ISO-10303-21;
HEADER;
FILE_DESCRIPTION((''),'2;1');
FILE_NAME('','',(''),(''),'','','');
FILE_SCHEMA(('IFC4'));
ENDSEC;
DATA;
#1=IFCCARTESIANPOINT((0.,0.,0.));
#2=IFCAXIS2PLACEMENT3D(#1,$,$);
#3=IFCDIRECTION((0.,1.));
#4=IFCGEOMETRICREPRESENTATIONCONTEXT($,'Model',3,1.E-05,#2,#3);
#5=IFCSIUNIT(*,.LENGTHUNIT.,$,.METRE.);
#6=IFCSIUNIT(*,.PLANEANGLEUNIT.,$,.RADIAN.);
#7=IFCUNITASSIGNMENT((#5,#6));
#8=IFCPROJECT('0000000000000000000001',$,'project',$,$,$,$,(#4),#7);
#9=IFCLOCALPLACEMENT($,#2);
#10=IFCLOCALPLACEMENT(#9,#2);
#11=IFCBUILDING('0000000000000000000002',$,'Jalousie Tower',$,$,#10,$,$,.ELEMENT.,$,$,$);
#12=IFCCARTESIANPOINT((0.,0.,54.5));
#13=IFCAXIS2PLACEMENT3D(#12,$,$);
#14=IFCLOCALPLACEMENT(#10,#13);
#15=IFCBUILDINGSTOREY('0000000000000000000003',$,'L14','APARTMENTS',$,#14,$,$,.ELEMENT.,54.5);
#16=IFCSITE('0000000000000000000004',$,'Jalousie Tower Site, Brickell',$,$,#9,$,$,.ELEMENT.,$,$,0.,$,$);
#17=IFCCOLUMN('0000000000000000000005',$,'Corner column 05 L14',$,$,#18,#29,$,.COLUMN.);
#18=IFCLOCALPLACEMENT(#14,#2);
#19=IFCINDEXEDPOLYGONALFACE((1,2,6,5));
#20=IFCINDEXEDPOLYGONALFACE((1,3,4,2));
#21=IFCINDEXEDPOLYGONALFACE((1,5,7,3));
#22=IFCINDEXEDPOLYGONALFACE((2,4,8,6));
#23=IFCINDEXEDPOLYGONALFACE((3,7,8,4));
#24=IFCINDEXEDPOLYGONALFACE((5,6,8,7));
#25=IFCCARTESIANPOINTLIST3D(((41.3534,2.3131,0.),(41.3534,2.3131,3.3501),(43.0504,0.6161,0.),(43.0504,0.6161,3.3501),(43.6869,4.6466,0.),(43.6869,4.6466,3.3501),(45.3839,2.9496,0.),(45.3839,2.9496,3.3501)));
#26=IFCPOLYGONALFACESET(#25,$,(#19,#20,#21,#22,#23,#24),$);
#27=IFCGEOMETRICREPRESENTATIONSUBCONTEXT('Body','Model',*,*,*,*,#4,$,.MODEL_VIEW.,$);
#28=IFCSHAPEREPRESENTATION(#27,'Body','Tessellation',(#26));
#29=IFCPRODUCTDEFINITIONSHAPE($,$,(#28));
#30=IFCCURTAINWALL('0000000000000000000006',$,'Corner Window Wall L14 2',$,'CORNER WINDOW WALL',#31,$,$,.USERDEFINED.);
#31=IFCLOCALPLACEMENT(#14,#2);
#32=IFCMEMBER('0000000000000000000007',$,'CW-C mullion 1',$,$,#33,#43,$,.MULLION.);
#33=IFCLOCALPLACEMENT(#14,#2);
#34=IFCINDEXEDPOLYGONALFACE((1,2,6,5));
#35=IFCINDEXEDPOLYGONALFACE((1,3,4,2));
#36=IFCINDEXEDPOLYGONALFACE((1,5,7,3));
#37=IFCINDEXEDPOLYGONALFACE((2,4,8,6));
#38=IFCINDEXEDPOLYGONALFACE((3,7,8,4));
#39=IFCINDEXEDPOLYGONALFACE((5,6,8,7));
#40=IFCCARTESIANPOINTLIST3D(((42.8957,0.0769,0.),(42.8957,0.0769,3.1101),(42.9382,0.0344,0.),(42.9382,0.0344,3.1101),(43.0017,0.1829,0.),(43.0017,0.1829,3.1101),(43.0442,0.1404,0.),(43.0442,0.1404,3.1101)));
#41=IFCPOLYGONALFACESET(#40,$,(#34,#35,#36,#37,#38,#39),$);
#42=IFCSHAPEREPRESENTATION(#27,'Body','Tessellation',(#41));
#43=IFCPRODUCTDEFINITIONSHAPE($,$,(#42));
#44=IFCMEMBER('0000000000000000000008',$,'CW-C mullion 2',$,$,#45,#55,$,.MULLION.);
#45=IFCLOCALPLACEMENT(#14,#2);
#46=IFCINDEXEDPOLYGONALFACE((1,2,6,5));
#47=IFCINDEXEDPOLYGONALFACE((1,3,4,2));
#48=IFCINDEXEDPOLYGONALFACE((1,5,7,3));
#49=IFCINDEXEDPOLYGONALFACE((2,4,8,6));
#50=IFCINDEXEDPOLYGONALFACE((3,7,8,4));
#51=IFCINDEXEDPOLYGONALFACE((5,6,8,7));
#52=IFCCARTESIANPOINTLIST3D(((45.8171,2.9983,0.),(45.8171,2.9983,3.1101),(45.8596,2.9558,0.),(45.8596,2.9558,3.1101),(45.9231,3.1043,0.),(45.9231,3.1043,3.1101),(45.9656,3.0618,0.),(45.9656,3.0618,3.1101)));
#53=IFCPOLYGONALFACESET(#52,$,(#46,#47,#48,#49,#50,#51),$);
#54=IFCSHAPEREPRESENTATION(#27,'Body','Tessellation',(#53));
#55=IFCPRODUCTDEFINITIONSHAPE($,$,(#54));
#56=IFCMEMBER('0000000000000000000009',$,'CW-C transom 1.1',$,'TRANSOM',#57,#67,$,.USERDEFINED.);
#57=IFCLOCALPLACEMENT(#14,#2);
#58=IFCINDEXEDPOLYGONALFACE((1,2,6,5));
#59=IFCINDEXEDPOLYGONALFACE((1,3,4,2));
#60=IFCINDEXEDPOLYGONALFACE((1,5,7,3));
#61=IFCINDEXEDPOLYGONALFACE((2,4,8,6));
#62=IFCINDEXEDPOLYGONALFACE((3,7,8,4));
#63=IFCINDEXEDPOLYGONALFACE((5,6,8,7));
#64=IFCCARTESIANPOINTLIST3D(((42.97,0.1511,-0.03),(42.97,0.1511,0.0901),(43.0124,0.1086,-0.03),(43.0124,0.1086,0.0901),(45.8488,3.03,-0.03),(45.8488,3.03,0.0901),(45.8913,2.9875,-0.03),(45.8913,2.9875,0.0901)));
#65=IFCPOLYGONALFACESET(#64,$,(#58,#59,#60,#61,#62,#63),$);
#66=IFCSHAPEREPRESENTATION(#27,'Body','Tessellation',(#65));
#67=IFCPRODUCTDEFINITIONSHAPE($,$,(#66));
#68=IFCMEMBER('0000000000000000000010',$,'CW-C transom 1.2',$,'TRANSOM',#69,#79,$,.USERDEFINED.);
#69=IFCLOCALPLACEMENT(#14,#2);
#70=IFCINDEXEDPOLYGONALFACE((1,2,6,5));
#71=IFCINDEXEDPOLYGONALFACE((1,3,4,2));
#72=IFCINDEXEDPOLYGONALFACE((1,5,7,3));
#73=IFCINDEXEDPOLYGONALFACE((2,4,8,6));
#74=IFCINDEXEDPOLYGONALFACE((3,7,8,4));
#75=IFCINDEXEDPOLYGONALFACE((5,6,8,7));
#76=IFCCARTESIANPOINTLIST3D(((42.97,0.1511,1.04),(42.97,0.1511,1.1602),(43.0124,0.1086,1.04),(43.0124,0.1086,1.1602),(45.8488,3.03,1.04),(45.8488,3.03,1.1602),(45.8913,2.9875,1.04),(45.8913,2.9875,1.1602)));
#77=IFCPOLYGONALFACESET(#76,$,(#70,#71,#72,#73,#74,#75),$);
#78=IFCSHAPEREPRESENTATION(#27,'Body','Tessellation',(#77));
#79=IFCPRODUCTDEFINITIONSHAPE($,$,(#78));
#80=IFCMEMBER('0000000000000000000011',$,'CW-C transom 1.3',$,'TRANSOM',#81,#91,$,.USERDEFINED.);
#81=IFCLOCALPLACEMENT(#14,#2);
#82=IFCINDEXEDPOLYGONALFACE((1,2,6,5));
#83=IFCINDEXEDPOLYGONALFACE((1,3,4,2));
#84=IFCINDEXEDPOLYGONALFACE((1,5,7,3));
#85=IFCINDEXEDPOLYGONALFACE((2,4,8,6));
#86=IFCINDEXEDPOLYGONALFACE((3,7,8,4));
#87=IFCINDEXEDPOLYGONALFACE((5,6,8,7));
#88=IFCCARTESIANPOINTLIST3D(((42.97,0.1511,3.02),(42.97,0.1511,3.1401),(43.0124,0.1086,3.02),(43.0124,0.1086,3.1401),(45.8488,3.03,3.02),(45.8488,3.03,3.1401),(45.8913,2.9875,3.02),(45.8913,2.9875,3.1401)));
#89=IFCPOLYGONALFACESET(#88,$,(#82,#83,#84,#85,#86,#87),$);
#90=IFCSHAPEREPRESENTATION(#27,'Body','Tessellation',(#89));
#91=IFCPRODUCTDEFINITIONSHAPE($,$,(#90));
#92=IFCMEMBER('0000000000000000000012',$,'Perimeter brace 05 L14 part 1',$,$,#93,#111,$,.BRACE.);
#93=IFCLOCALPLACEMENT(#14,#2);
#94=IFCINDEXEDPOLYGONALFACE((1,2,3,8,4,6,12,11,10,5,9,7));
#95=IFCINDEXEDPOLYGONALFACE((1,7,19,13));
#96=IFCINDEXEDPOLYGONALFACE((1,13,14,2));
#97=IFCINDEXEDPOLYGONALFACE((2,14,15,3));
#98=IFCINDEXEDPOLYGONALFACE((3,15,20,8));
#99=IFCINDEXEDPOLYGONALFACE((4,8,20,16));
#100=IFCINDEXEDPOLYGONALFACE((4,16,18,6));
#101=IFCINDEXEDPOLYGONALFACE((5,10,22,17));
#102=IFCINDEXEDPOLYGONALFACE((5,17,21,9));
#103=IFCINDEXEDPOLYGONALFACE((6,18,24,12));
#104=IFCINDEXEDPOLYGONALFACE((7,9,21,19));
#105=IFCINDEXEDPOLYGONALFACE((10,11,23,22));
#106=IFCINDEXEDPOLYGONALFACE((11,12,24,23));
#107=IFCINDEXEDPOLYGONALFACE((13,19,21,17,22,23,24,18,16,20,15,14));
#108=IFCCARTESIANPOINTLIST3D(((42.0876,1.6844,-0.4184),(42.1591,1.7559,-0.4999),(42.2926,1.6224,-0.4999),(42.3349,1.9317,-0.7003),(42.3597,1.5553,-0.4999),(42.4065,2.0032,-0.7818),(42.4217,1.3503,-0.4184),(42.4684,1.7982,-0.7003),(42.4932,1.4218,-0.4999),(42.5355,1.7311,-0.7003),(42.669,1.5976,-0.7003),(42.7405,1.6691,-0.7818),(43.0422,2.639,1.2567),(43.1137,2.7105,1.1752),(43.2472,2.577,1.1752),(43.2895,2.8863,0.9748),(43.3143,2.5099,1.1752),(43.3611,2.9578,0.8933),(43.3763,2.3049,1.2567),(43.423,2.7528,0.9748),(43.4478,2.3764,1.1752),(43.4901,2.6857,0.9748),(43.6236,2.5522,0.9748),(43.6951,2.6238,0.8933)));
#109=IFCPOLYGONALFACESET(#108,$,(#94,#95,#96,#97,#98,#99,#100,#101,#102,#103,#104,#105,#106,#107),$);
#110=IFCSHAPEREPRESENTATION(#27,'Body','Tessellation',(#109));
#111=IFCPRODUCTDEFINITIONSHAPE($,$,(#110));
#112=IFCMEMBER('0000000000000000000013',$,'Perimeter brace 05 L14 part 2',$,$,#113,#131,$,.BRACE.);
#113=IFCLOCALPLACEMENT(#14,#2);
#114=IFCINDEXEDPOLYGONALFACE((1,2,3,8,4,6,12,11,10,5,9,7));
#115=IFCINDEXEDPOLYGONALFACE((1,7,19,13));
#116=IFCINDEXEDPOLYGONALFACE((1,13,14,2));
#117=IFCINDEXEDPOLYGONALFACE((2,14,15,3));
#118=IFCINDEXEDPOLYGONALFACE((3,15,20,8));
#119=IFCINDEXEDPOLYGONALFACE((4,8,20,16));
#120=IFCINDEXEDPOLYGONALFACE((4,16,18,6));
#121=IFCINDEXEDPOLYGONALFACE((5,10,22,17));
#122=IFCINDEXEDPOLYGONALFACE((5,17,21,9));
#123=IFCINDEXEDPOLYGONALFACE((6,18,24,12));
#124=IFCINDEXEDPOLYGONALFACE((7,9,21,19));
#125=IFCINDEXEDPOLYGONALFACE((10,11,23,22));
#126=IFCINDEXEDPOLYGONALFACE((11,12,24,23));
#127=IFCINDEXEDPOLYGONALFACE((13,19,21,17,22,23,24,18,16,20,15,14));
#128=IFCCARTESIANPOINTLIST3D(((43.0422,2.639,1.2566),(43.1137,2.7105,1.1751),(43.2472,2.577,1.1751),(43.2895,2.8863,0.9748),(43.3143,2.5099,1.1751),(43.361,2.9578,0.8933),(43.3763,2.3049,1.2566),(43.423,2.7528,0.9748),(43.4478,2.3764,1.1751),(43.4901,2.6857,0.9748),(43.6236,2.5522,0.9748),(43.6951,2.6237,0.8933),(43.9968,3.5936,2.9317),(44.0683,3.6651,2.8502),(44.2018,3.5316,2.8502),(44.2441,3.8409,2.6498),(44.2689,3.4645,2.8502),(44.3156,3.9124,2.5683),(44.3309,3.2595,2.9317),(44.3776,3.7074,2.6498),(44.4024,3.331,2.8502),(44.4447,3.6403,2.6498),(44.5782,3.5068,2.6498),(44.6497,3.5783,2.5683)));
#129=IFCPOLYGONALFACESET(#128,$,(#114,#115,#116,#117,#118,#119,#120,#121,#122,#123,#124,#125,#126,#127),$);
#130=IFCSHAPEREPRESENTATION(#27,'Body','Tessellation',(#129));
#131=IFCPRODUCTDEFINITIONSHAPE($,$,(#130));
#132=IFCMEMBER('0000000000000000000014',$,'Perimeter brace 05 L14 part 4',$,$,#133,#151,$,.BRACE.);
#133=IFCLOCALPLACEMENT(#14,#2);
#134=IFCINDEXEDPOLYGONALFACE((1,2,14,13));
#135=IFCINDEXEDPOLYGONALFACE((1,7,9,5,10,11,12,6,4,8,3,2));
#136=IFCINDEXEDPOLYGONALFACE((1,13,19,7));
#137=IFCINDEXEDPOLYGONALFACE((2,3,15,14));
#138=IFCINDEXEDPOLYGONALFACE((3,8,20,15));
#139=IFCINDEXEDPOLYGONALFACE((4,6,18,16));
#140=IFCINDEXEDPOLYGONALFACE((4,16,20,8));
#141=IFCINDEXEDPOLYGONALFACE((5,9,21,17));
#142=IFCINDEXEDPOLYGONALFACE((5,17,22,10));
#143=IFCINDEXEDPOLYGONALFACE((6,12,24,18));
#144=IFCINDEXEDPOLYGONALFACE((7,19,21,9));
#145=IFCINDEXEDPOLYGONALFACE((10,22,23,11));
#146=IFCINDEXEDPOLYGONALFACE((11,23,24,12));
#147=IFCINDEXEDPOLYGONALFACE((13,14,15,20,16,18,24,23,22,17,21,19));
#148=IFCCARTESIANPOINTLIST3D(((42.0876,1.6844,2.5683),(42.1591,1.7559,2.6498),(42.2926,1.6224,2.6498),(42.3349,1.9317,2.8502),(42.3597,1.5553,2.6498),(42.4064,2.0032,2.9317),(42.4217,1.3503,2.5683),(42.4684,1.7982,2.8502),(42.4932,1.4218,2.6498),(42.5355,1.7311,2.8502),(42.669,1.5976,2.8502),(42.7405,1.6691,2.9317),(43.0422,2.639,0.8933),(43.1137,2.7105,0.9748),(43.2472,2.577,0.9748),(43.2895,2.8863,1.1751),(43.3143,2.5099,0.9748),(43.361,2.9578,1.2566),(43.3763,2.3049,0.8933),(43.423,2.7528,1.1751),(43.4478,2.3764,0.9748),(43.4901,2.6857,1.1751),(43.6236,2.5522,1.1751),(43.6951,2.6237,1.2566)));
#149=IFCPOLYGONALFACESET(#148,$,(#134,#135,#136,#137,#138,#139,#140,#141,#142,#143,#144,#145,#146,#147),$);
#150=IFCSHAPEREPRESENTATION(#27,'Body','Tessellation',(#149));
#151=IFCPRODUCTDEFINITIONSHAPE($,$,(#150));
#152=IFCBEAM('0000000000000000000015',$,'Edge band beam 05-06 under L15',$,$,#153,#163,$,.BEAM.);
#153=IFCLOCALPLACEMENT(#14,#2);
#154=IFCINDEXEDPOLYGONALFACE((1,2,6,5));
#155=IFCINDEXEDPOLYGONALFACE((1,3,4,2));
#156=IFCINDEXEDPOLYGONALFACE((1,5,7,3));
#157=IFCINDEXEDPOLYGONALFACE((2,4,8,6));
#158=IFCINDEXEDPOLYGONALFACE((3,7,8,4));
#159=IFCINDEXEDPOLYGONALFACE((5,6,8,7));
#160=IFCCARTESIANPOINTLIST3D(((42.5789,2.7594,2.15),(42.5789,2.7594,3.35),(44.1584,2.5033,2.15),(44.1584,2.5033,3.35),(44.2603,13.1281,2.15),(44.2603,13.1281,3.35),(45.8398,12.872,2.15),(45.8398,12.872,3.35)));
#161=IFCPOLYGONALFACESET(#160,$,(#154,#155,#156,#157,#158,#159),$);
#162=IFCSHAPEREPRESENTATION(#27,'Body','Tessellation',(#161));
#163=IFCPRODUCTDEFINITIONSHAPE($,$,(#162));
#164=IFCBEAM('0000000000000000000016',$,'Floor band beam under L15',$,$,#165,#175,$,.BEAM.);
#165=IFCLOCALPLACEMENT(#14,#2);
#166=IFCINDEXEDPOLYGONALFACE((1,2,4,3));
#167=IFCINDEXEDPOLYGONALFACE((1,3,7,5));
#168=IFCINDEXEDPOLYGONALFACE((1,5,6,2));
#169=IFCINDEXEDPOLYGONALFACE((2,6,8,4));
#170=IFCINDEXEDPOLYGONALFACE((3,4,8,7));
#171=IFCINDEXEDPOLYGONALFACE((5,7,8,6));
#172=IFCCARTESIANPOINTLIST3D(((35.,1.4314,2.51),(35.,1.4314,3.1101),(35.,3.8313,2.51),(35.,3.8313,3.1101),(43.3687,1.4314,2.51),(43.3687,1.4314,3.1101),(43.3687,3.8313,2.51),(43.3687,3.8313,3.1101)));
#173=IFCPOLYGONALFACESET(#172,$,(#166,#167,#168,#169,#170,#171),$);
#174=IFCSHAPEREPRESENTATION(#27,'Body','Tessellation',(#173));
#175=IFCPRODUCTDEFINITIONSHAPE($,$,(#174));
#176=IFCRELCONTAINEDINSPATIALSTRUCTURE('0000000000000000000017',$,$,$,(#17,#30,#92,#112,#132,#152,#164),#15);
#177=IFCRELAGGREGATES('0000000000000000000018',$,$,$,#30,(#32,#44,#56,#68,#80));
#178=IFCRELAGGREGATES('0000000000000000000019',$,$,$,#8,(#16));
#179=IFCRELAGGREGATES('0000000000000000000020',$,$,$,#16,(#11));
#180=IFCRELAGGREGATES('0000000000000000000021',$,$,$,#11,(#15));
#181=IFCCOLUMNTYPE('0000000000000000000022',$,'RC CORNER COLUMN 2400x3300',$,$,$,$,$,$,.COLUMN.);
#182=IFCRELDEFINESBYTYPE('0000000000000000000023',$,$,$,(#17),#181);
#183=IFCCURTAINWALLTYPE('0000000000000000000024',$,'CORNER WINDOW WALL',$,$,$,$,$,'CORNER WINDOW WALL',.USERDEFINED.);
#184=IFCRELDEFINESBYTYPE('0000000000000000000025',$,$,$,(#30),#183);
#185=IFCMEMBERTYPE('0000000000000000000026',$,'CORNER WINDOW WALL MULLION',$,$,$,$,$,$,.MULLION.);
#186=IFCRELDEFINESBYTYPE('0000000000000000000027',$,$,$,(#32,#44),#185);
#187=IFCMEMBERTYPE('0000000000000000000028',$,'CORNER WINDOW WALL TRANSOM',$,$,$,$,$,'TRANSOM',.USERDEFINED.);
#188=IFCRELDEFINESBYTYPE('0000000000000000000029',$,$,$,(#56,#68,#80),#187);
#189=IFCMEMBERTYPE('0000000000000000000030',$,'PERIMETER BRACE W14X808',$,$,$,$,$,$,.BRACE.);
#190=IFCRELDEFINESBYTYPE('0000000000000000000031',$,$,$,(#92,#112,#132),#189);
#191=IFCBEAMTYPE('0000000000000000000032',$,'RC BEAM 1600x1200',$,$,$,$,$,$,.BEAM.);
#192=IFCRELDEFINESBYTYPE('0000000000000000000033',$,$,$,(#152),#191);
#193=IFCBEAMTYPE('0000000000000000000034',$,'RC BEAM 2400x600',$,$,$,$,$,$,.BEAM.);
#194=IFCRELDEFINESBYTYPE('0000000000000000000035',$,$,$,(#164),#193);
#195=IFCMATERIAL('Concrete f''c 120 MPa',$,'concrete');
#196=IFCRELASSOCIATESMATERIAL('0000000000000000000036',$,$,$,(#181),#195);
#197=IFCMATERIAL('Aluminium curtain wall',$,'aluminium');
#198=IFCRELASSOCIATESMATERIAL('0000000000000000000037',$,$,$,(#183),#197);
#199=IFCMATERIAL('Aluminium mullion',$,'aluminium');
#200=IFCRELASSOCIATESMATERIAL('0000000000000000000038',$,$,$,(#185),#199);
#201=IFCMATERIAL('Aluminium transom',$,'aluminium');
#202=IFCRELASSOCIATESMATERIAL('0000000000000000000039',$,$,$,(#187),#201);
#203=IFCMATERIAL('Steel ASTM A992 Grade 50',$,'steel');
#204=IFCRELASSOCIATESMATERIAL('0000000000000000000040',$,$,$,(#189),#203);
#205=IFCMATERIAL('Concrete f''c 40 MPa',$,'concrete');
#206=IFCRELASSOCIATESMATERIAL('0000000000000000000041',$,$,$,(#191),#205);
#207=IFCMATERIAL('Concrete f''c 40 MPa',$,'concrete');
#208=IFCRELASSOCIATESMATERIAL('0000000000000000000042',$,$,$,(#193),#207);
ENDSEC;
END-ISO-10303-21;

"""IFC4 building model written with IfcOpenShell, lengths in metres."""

from ifc_helpers import new_model, si_unit, direction, frame, origin, origin_2d, place, context, subcontext, project, spatial, rectangle, i_section, extrude, material, material_profile, profile_set, type_object, element, aggregate, save


model = new_model("IFC4")

# Units and contexts
model_context = context("Model", 3, precision=1e-05, world=origin(), true_north=direction((0.0, 1.0)))
body_context = subcontext(model_context, "Body", "Model", "MODEL_VIEW")
ifc_project = project(units=[si_unit("LENGTHUNIT", "METRE"), si_unit("PLANEANGLEUNIT", "RADIAN")], contexts=[model_context])

# Site, building, storey
site_placement = place(None, origin())
site = spatial("IfcSite", under=ifc_project, at=site_placement, Name="Jalousie Tower Site, Brickell", CompositionType="ELEMENT", RefElevation=0.0)
building_placement = place(site_placement, origin())
building = spatial("IfcBuilding", under=site, at=building_placement, Name="Jalousie Tower", CompositionType="ELEMENT")
storey_placement = place(building_placement, frame((0.0, 0.0, 54.5)))
storey = spatial("IfcBuildingStorey", under=building, at=storey_placement, Name="L14", Description="APARTMENTS", CompositionType="ELEMENT", Elevation=54.5)

# Column
ifc_material_1 = material(Name="Concrete f'c 120 MPa", Category="concrete")
ifc_material_profile_1 = material_profile(ifc_material_1, rectangle(XDim=2.3999, YDim=3.3, at=origin_2d()), Name="RC 2400x3300")
ifc_profile_set_1 = profile_set([ifc_material_profile_1], Name="Concrete f'c 120 MPa")
column_type = type_object("IfcColumnType", Name="RC CORNER COLUMN 2400x3300", PredefinedType="COLUMN", material=ifc_profile_set_1)
column_placement = place(storey_placement, frame((43.3687, 2.6313, 0.0), z_axis=(0.0, 0.0, 1.0), x_axis=(-0.707107, 0.707107, 0.0)))
element("IfcColumn", 1, at=column_placement, inside=storey, type_object=column_type, Name="Corner column 05 L14", PredefinedType="COLUMN", context=body_context, shape_type="SweptSolid", body=[
    extrude(rectangle(XDim=2.3999, YDim=3.3, at=origin_2d()), origin(), (0.0, 0.0, 1.0), 3.3501),
])

# Curtain wall, members
ifc_material_2 = material(Name="Aluminium curtain wall", Category="aluminium")
curtain_wall_type_1 = type_object("IfcCurtainWallType", Name="CORNER WINDOW WALL", ElementType="CORNER WINDOW WALL", PredefinedType="USERDEFINED", material=ifc_material_2)
curtain_wall_1_placement = place(storey_placement, origin())
curtain_wall_1 = element("IfcCurtainWall", 2, at=curtain_wall_1_placement, inside=storey, type_object=curtain_wall_type_1, Name="Corner Window Wall L14 2", ObjectType="CORNER WINDOW WALL", PredefinedType="USERDEFINED")
ifc_material_3 = material(Name="Aluminium mullion", Category="aluminium")
ifc_material_profile_2 = material_profile(ifc_material_3, rectangle(XDim=0.0601, YDim=0.1499, at=origin_2d()), Name="MULLION 60x150")
ifc_profile_set_2 = profile_set([ifc_material_profile_2], Name="Aluminium mullion")
member_type_1 = type_object("IfcMemberType", Name="CORNER WINDOW WALL MULLION", PredefinedType="MULLION", material=ifc_profile_set_2)
member_1_placement = place(storey_placement, frame((42.97, 0.1086, 0.0), z_axis=(0.0, 0.0, 1.0), x_axis=(-0.707107, 0.707107, 0.0)))
member_1 = element("IfcMember", 3, at=member_1_placement, type_object=member_type_1, Name="CW-C mullion 1", PredefinedType="MULLION", context=body_context, shape_type="SweptSolid", body=[
    extrude(rectangle(XDim=0.0601, YDim=0.1499, at=origin_2d()), origin(), (0.0, 0.0, 1.0), 3.1101),
])
member_2_placement = place(storey_placement, frame((45.8914, 3.03, 0.0), z_axis=(0.0, 0.0, 1.0), x_axis=(-0.707107, 0.707107, 0.0)))
member_2 = element("IfcMember", 4, at=member_2_placement, type_object=member_type_1, Name="CW-C mullion 2", PredefinedType="MULLION", context=body_context, shape_type="SweptSolid", body=[
    extrude(rectangle(XDim=0.0601, YDim=0.1499, at=origin_2d()), origin(), (0.0, 0.0, 1.0), 3.1101),
])
ifc_material_4 = material(Name="Aluminium transom", Category="aluminium")
ifc_material_profile_3 = material_profile(ifc_material_4, rectangle(XDim=0.0601, YDim=0.1201, at=origin_2d()), Name="TRANSOM 60x120")
ifc_profile_set_3 = profile_set([ifc_material_profile_3], Name="Aluminium transom")
member_type_2 = type_object("IfcMemberType", Name="CORNER WINDOW WALL TRANSOM", ElementType="TRANSOM", PredefinedType="USERDEFINED", material=ifc_profile_set_3)
member_3_placement = place(storey_placement, frame((42.9912, 0.1299, 0.03), z_axis=(0.707107, 0.707107, 0.0), x_axis=(-0.707107, 0.707107, 0.0)))
member_3 = element("IfcMember", 5, at=member_3_placement, type_object=member_type_2, Name="CW-C transom 1.1", ObjectType="TRANSOM", PredefinedType="USERDEFINED", context=body_context, shape_type="SweptSolid", body=[
    extrude(rectangle(XDim=0.0601, YDim=0.1201, at=origin_2d()), origin(), (0.0, 0.0, 1.0), 4.0713),
])
member_4_placement = place(storey_placement, frame((42.9912, 0.1299, 1.1001), z_axis=(0.707107, 0.707107, 0.0), x_axis=(-0.707107, 0.707107, 0.0)))
member_4 = element("IfcMember", 6, at=member_4_placement, type_object=member_type_2, Name="CW-C transom 1.2", ObjectType="TRANSOM", PredefinedType="USERDEFINED", context=body_context, shape_type="SweptSolid", body=[
    extrude(rectangle(XDim=0.0601, YDim=0.1201, at=origin_2d()), origin(), (0.0, 0.0, 1.0), 4.0713),
])
member_5_placement = place(storey_placement, frame((42.9912, 0.1299, 3.0801), z_axis=(0.707107, 0.707107, 0.0), x_axis=(-0.707107, 0.707107, 0.0)))
member_5 = element("IfcMember", 7, at=member_5_placement, type_object=member_type_2, Name="CW-C transom 1.3", ObjectType="TRANSOM", PredefinedType="USERDEFINED", context=body_context, shape_type="SweptSolid", body=[
    extrude(rectangle(XDim=0.0601, YDim=0.1201, at=origin_2d()), origin(), (0.0, 0.0, 1.0), 4.0713),
])

# Members
ifc_material_5 = material(Name="Steel ASTM A992 Grade 50", Category="steel")
ifc_material_profile_4 = material_profile(ifc_material_5, i_section(OverallWidth=0.4724, OverallDepth=0.5791, WebThickness=0.095, FlangeThickness=0.1299, at=origin_2d()), Name="W14X808")
ifc_profile_set_4 = profile_set([ifc_material_profile_4], Name="Steel ASTM A992 Grade 50")
member_type_3 = type_object("IfcMemberType", Name="PERIMETER BRACE W14X808", PredefinedType="BRACE", material=ifc_profile_set_4)
for number, where, z_axis, x_axis, name in (
    (8, (42.4141, 1.6768, -0.6001), (0.443718, 0.443718, 0.778607), (-0.707107, 0.707107, 0.0), "Perimeter brace 05 L14 part 1"),
    (9, (43.3687, 2.6313, 1.075), (0.443718, 0.443718, 0.778607), (-0.707107, 0.707107, 0.0), "Perimeter brace 05 L14 part 2"),
    (10, (43.3687, 2.6313, 1.075), (-0.443718, -0.443718, 0.778607), (0.707107, -0.707107, 0.0), "Perimeter brace 05 L14 part 4"),
):
    element("IfcMember", number, at=place(storey_placement, frame(where, z_axis=z_axis, x_axis=x_axis)), inside=storey, type_object=member_type_3, Name=name, PredefinedType="BRACE", context=body_context, shape_type="SweptSolid", body=[
        extrude(i_section(OverallWidth=0.4724, OverallDepth=0.5791, WebThickness=0.095, FlangeThickness=0.1299, at=origin_2d()), origin(), (0.0, 0.0, 1.0), 2.1514),
    ])

# Beams
ifc_material_6 = material(Name="Concrete f'c 40 MPa", Category="concrete")
ifc_material_profile_5 = material_profile(ifc_material_6, rectangle(XDim=1.6001, YDim=1.2, at=origin_2d()), Name="RC 1600x1200")
ifc_profile_set_5 = profile_set([ifc_material_profile_5], Name="Concrete f'c 40 MPa")
beam_type_1 = type_object("IfcBeamType", Name="RC BEAM 1600x1200", PredefinedType="BEAM", material=ifc_profile_set_5)
beam_1_placement = place(storey_placement, frame((43.3687, 2.6313, 2.75), z_axis=(0.160071, 0.987106, 0.0), x_axis=(-0.987106, 0.160071, 0.0)))
element("IfcBeam", 11, at=beam_1_placement, inside=storey, type_object=beam_type_1, Name="Edge band beam 05-06 under L15", PredefinedType="BEAM", context=body_context, shape_type="SweptSolid", body=[
    extrude(rectangle(XDim=1.6001, YDim=1.2, at=origin_2d()), origin(), (0.0, 0.0, 1.0), 10.5042),
])
ifc_material_7 = material(Name="Concrete f'c 40 MPa", Category="concrete")
ifc_material_profile_6 = material_profile(ifc_material_7, rectangle(XDim=2.3999, YDim=0.6001, at=origin_2d()), Name="RC 2400x600")
ifc_profile_set_6 = profile_set([ifc_material_profile_6], Name="Concrete f'c 40 MPa")
beam_type_2 = type_object("IfcBeamType", Name="RC BEAM 2400x600", PredefinedType="BEAM", material=ifc_profile_set_6)
beam_2_placement = place(storey_placement, frame((43.3687, 2.6313, 2.8101), z_axis=(-1.0, 0.0, 0.0), x_axis=(0.0, -1.0, 0.0)))
element("IfcBeam", 12, at=beam_2_placement, inside=storey, type_object=beam_type_2, Name="Floor band beam under L15", PredefinedType="BEAM", context=body_context, shape_type="SweptSolid", body=[
    extrude(rectangle(XDim=2.3999, YDim=0.6001, at=origin_2d()), origin(), (0.0, 0.0, 1.0), 8.3687),
])

aggregate(curtain_wall_1, [member_1, member_2, member_3, member_4, member_5])

save(model, "model.ifc")
